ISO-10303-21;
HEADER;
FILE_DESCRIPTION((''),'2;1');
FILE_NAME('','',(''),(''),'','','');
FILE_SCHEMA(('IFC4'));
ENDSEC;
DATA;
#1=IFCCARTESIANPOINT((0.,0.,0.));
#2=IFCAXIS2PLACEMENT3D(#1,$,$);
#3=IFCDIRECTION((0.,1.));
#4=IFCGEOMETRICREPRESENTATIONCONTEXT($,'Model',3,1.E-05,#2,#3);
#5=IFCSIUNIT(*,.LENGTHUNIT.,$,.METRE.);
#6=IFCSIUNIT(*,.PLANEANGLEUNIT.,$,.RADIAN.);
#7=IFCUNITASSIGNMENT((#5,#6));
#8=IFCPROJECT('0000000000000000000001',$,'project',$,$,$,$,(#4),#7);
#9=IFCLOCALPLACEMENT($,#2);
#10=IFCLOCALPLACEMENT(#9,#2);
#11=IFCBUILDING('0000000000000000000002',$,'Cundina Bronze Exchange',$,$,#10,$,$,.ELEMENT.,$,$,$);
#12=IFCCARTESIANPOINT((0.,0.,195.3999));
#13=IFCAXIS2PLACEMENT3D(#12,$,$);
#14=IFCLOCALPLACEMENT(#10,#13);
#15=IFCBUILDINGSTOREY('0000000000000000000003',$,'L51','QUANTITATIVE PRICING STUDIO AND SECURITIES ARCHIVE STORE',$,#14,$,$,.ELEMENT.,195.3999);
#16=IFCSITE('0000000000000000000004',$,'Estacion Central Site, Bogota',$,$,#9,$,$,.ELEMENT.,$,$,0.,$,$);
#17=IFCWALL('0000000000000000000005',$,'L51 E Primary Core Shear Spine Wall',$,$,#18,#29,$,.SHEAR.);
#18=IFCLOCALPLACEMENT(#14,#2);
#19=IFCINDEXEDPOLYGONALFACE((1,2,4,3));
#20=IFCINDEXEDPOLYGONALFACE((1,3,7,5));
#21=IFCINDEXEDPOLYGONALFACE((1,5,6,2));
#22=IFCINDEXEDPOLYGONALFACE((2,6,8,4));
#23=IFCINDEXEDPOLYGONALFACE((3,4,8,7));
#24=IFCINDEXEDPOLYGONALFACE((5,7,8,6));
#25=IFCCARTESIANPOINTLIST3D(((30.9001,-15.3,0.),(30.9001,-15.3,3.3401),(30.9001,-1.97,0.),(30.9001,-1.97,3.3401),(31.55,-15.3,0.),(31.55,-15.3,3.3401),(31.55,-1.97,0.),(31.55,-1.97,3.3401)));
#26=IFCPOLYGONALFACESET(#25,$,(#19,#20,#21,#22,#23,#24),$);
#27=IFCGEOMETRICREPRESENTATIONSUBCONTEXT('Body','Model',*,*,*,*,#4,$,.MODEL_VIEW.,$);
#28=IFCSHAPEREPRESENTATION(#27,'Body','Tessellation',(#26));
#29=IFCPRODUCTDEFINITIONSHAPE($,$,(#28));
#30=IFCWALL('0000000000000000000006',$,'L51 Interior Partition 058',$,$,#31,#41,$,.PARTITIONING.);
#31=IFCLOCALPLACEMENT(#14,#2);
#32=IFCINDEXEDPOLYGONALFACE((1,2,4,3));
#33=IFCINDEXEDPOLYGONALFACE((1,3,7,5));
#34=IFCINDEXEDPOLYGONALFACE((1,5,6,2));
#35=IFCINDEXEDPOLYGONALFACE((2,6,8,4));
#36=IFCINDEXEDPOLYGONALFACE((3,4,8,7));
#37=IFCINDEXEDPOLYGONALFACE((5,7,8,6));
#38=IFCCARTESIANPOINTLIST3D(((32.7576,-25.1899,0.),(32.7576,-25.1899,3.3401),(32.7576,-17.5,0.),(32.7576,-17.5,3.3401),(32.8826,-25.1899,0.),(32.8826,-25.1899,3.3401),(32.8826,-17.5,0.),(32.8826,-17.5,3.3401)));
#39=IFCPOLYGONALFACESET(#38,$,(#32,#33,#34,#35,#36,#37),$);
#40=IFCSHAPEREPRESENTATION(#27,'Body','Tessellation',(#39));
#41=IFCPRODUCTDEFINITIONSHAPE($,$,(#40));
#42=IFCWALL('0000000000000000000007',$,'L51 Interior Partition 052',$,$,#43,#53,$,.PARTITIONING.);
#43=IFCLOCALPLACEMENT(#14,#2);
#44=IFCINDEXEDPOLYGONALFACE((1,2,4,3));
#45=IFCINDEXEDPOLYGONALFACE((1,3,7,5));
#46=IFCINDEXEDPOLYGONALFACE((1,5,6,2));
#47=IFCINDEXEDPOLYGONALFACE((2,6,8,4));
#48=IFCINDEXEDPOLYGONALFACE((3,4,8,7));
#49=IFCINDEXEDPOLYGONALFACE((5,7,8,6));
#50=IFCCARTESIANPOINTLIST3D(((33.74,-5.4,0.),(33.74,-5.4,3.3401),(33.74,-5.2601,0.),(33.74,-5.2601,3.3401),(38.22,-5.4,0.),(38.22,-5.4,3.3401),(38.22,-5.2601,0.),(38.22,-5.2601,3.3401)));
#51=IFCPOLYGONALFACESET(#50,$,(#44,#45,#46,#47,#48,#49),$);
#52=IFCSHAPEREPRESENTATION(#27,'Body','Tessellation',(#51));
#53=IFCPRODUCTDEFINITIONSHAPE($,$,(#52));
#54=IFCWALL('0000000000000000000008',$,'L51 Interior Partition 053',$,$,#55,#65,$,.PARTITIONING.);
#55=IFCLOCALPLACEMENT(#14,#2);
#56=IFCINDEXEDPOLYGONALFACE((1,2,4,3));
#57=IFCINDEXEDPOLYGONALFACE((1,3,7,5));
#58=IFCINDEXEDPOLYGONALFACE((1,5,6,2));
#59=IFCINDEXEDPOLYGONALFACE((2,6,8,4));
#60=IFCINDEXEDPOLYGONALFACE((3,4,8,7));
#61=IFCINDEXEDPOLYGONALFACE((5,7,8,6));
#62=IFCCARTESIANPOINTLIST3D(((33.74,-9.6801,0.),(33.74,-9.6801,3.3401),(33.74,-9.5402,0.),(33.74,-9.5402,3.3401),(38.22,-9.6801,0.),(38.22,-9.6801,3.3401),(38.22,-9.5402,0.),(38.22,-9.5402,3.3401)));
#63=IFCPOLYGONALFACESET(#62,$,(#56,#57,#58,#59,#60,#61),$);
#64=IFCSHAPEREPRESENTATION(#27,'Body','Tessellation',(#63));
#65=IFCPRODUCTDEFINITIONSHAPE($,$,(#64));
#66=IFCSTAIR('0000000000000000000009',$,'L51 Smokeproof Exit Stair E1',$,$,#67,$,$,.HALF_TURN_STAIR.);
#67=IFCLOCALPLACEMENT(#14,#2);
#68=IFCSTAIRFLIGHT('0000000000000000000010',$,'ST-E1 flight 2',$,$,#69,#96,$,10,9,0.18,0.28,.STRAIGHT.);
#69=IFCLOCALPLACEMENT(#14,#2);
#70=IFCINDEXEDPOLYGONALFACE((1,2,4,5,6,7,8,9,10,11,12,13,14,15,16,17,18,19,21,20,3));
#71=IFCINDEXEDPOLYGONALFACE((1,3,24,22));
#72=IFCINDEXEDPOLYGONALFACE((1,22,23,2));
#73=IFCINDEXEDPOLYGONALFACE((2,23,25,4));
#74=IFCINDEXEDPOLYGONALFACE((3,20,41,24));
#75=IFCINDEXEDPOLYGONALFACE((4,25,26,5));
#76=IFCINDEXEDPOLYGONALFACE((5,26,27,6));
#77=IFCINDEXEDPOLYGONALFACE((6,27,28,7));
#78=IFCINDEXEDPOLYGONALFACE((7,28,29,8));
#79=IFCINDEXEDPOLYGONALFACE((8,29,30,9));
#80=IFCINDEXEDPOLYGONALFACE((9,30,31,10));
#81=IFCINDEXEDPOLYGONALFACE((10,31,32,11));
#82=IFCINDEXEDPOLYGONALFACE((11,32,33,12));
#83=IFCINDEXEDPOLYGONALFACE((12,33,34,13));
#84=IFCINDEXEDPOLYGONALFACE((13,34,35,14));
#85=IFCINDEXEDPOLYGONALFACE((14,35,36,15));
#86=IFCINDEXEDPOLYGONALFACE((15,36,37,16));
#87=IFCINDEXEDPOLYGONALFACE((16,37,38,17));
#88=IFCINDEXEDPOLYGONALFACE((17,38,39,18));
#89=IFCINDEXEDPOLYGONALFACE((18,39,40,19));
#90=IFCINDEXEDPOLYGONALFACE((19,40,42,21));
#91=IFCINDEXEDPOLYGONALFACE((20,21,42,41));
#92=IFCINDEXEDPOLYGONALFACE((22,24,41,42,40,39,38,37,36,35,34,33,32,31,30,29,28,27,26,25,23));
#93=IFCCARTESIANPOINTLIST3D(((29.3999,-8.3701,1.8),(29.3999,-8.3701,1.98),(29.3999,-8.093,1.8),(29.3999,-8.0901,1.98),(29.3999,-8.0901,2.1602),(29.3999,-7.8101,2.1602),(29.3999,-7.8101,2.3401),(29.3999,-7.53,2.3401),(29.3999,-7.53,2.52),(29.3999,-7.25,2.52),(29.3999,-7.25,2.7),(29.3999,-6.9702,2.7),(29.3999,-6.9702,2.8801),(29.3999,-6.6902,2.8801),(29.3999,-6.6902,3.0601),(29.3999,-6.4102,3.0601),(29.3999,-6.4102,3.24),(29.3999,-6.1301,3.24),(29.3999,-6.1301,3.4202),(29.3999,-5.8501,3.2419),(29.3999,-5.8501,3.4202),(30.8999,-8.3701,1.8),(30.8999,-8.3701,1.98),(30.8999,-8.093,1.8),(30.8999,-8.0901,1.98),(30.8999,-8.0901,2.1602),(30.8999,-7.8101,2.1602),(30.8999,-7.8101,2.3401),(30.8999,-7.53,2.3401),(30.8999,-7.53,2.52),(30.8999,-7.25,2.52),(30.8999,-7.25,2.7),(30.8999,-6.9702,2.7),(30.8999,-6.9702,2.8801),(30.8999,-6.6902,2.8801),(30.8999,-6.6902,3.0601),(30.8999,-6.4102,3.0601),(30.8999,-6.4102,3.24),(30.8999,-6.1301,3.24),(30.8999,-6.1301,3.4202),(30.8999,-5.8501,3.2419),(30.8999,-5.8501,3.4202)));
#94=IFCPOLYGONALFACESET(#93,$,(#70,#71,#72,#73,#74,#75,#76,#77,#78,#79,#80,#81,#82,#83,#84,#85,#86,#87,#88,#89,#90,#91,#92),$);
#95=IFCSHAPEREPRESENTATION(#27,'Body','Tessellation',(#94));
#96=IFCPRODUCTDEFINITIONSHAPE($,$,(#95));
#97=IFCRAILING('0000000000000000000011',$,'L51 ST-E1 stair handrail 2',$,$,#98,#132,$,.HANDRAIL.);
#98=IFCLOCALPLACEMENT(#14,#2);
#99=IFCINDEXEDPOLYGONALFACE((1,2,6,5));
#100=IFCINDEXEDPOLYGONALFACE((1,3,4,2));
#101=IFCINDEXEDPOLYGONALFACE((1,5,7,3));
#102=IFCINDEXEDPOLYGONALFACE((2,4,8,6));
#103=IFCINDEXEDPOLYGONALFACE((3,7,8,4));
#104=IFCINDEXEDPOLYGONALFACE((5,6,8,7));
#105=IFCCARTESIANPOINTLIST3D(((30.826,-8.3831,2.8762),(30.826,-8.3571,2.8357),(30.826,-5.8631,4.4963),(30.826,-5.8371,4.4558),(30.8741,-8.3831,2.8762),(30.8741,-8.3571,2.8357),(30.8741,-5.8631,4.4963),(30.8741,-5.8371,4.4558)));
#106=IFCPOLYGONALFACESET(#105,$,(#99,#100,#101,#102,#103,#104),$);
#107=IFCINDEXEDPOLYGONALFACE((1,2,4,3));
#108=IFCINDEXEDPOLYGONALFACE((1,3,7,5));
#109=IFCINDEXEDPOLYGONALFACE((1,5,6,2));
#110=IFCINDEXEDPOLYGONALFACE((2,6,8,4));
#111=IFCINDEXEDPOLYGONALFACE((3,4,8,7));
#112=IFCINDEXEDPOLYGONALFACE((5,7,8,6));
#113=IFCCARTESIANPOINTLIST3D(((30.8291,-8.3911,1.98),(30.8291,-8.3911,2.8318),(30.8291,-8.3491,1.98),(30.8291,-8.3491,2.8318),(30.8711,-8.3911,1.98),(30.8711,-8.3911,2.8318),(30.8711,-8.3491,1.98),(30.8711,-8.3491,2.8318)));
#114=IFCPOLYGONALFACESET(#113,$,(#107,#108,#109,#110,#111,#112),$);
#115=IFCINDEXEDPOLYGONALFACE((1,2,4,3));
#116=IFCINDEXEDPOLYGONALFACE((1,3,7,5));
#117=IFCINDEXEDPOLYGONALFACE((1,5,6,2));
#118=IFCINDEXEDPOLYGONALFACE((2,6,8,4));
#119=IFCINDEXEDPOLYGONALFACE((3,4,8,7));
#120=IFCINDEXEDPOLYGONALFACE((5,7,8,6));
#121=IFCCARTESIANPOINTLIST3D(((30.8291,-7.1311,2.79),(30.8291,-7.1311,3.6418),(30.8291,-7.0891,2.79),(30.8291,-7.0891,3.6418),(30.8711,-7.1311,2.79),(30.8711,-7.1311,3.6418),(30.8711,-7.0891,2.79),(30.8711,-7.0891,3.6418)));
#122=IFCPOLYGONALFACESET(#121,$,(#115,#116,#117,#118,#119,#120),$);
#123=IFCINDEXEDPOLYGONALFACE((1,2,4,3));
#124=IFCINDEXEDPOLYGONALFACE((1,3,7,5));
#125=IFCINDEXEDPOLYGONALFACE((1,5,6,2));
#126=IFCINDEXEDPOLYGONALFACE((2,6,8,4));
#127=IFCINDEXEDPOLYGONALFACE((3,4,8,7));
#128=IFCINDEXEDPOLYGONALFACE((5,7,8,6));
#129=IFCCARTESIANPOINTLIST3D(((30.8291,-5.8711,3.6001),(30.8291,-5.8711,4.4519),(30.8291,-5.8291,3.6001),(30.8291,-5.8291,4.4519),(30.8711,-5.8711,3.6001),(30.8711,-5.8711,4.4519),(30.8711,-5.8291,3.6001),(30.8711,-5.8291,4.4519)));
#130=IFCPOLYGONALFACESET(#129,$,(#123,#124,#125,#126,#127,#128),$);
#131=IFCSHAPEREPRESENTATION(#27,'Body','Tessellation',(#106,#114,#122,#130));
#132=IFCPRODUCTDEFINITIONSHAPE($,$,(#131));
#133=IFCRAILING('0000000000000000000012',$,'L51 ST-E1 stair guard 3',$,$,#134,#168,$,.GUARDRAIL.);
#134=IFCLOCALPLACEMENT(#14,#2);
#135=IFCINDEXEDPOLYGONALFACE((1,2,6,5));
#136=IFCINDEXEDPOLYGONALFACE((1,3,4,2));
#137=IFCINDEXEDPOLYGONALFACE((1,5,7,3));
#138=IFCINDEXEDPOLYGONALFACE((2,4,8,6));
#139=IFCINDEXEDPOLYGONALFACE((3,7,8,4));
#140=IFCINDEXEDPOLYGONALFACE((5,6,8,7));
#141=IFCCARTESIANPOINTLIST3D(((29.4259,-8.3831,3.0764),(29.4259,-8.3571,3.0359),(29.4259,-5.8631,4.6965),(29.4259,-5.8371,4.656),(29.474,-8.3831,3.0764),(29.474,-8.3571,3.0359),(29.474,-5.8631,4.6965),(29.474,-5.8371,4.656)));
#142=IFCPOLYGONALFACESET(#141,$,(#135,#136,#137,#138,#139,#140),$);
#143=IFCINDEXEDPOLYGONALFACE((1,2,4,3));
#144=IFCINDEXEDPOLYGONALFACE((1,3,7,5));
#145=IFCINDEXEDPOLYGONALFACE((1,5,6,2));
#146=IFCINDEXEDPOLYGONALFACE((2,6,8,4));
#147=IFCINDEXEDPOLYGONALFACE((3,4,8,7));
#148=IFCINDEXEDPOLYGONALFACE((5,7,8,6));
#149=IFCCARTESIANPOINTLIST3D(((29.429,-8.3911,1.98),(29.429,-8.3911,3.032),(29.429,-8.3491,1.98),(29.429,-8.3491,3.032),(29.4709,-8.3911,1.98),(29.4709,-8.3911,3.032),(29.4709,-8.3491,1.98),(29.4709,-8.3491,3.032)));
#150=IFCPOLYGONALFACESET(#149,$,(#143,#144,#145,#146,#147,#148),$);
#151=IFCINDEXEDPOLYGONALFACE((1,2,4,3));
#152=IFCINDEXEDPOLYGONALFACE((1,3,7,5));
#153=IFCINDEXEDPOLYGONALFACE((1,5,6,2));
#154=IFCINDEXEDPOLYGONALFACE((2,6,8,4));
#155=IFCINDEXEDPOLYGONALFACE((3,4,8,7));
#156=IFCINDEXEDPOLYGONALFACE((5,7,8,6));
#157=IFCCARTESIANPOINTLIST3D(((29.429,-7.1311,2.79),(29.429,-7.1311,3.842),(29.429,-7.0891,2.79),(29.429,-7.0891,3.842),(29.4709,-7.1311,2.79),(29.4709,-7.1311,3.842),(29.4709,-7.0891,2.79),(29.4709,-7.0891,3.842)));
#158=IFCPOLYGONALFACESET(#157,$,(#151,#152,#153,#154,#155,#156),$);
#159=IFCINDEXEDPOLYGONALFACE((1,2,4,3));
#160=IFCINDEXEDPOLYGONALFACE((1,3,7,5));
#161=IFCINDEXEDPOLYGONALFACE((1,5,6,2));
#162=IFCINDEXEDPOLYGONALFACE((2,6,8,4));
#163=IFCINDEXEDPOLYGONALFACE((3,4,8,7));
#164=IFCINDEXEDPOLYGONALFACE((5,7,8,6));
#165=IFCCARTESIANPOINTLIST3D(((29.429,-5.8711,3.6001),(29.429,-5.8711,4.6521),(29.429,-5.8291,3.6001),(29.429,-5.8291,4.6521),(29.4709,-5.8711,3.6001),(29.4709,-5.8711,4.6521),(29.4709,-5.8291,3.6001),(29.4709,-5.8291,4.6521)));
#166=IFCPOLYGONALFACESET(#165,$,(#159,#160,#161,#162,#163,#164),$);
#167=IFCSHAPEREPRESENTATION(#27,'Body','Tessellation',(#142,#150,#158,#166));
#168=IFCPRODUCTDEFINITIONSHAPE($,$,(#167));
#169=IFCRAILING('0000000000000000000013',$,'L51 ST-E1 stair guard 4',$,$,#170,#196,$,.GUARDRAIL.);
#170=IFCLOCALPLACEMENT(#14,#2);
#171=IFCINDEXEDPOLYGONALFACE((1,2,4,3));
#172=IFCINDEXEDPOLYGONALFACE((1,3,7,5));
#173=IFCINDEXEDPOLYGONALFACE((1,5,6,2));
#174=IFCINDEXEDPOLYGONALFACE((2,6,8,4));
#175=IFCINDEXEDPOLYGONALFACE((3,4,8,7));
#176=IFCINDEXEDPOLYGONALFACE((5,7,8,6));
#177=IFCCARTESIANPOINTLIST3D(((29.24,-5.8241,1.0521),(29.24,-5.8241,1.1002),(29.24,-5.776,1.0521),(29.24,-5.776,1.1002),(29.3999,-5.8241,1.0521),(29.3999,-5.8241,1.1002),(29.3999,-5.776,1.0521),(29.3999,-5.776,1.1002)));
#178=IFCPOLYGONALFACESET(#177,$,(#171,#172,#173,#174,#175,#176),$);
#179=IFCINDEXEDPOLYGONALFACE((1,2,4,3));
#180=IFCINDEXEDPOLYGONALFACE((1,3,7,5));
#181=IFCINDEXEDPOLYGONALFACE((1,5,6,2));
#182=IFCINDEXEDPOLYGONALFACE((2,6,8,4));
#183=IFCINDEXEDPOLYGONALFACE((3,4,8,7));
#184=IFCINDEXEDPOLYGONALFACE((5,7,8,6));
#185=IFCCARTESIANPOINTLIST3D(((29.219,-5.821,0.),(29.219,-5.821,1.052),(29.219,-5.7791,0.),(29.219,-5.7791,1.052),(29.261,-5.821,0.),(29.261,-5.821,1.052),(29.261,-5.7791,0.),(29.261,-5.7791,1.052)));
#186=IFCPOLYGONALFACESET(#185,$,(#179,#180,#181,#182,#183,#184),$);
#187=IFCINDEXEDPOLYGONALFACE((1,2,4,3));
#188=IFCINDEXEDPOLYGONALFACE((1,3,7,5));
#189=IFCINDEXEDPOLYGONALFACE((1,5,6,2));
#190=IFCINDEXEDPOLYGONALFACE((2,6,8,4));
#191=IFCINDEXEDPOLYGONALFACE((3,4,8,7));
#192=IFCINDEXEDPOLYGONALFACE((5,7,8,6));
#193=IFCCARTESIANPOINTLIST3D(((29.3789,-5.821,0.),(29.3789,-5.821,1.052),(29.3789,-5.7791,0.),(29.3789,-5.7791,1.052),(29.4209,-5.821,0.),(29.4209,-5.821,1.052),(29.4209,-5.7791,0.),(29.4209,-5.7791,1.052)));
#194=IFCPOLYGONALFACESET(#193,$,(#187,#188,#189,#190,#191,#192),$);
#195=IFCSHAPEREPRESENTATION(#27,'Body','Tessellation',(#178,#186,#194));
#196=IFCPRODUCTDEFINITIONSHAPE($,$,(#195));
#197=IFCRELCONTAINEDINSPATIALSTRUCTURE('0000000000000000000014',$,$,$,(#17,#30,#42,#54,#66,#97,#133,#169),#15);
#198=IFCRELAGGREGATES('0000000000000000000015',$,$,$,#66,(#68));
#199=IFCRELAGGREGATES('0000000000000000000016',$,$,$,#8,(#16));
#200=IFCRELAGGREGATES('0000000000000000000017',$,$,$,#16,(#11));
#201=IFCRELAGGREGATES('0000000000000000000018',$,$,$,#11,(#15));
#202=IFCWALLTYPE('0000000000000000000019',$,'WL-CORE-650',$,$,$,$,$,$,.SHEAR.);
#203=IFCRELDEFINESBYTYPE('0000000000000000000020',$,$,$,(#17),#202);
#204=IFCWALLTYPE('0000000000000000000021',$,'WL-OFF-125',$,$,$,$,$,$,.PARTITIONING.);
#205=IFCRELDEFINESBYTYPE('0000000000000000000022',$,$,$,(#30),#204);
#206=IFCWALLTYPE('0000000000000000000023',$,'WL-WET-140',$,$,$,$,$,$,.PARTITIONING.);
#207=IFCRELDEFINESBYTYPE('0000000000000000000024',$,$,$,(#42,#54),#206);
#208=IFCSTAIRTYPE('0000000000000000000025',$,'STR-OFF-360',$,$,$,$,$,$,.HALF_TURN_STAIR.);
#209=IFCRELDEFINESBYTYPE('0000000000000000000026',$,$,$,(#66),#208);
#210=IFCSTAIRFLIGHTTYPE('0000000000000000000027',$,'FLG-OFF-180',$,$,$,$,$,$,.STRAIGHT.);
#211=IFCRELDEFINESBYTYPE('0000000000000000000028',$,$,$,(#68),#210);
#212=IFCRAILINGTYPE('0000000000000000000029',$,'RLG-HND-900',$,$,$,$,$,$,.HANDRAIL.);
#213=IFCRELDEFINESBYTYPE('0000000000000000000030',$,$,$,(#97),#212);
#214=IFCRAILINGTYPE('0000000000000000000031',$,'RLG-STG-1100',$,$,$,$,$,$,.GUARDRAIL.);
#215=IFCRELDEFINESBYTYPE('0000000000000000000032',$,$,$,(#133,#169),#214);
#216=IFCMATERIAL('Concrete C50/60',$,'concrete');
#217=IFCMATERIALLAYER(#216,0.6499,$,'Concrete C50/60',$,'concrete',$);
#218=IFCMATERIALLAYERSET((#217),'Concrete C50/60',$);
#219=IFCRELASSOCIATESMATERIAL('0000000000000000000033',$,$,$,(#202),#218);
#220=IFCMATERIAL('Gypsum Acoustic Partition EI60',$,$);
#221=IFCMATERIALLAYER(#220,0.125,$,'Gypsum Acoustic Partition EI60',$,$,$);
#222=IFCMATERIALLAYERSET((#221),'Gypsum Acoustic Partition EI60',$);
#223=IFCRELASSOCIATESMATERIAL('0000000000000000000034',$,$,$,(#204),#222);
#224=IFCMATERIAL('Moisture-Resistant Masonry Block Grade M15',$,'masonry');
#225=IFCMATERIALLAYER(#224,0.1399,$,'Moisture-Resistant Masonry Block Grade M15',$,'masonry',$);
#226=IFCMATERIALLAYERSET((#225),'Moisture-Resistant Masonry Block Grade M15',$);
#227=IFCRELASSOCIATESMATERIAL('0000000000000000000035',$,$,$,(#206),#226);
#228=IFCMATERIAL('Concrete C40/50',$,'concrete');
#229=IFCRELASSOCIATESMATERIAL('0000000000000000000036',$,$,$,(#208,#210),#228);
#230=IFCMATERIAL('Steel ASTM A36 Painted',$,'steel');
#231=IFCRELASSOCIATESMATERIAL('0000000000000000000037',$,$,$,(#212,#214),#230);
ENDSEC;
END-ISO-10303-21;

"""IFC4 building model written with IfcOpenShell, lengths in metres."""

from ifc_helpers import new_model, si_unit, direction, frame, frame_2d, origin, origin_2d, place, context, subcontext, project, spatial, polyline, rectangle, outline, extrude, material, layer, layer_set, type_object, element, aggregate, save


model = new_model("IFC4")

# Units and contexts
model_context = context("Model", 3, precision=1e-05, world=origin(), true_north=direction((0.0, 1.0)))
body_context = subcontext(model_context, "Body", "Model", "MODEL_VIEW")
ifc_project = project(units=[si_unit("LENGTHUNIT", "METRE"), si_unit("PLANEANGLEUNIT", "RADIAN")], contexts=[model_context])

# Site, building, storey
site_placement = place(None, origin())
site = spatial("IfcSite", under=ifc_project, at=site_placement, Name="Estacion Central Site, Bogota", CompositionType="ELEMENT", RefElevation=0.0)
building_placement = place(site_placement, origin())
building = spatial("IfcBuilding", under=site, at=building_placement, Name="Cundina Bronze Exchange", CompositionType="ELEMENT")
storey_placement = place(building_placement, frame((0.0, 0.0, 195.3999)))
storey = spatial("IfcBuildingStorey", under=building, at=storey_placement, Name="L51", Description="QUANTITATIVE PRICING STUDIO AND SECURITIES ARCHIVE STORE", CompositionType="ELEMENT", Elevation=195.3999)

# Shared definitions
ifc_material_1 = material(Name="Concrete C50/60", Category="concrete")

# Walls
ifc_layer_1 = layer(ifc_material_1, 0.6499, Name="Concrete C50/60", Category="concrete")
ifc_layer_set_1 = layer_set([ifc_layer_1], Name="Concrete C50/60")
wall_type_1 = type_object("IfcWallType", Name="WL-CORE-650", PredefinedType="SHEAR", material=ifc_layer_set_1)
wall_1_placement = place(storey_placement, frame((31.2251, -15.3, 0.0), z_axis=(0.0, 0.0, 1.0), x_axis=(0.0, 1.0, 0.0)))
element("IfcWall", 1, at=wall_1_placement, inside=storey, type_object=wall_type_1, Name="L51 E Primary Core Shear Spine Wall", PredefinedType="SHEAR", context=body_context, shape_type="SweptSolid", body=[
    extrude(rectangle(XDim=13.3301, YDim=0.6499, at=frame_2d((6.665, 0.0))), origin(), (0.0, 0.0, 1.0), 3.3401),
])
ifc_material_2 = material(Name="Gypsum Acoustic Partition EI60")
ifc_layer_2 = layer(ifc_material_2, 0.125, Name="Gypsum Acoustic Partition EI60")
ifc_layer_set_2 = layer_set([ifc_layer_2], Name="Gypsum Acoustic Partition EI60")
wall_type_2 = type_object("IfcWallType", Name="WL-OFF-125", PredefinedType="PARTITIONING", material=ifc_layer_set_2)
wall_2_placement = place(storey_placement, frame((32.8201, -25.1899, 0.0), z_axis=(0.0, 0.0, 1.0), x_axis=(0.0, 1.0, 0.0)))
element("IfcWall", 2, at=wall_2_placement, inside=storey, type_object=wall_type_2, Name="L51 Interior Partition 058", PredefinedType="PARTITIONING", context=body_context, shape_type="SweptSolid", body=[
    extrude(rectangle(XDim=7.6899, YDim=0.125, at=frame_2d((3.845, 0.0))), origin(), (0.0, 0.0, 1.0), 3.3401),
])
ifc_material_3 = material(Name="Moisture-Resistant Masonry Block Grade M15", Category="masonry")
ifc_layer_3 = layer(ifc_material_3, 0.1399, Name="Moisture-Resistant Masonry Block Grade M15", Category="masonry")
ifc_layer_set_3 = layer_set([ifc_layer_3], Name="Moisture-Resistant Masonry Block Grade M15")
wall_type_3 = type_object("IfcWallType", Name="WL-WET-140", PredefinedType="PARTITIONING", material=ifc_layer_set_3)
for number, where, z_axis, x_axis, name in (
    (3, (33.74, -5.3301, 0.0), (0.0, 0.0, 1.0), (1.0, 0.0, 0.0), "L51 Interior Partition 052"),
    (4, (33.74, -9.6101, 0.0), (0.0, 0.0, 1.0), (1.0, 0.0, 0.0), "L51 Interior Partition 053"),
):
    element("IfcWall", number, at=place(storey_placement, frame(where, z_axis=z_axis, x_axis=x_axis)), inside=storey, type_object=wall_type_3, Name=name, PredefinedType="PARTITIONING", context=body_context, shape_type="SweptSolid", body=[
        extrude(rectangle(XDim=4.48, YDim=0.1399, at=frame_2d((2.24, 0.0))), origin(), (0.0, 0.0, 1.0), 3.3401),
    ])

# Stair, stair flight
ifc_material_4 = material(Name="Concrete C40/50", Category="concrete")
stair_type = type_object("IfcStairType", Name="STR-OFF-360", PredefinedType="HALF_TURN_STAIR", material=ifc_material_4)
stair_placement = place(storey_placement, origin())
stair = element("IfcStair", 5, at=stair_placement, inside=storey, type_object=stair_type, Name="L51 Smokeproof Exit Stair E1", PredefinedType="HALF_TURN_STAIR")
stair_flight_type = type_object("IfcStairFlightType", Name="FLG-OFF-180", PredefinedType="STRAIGHT", material=ifc_material_4)
stair_flight_placement = place(storey_placement, frame((30.1499, -8.3701, 1.8), z_axis=(0.0, 0.0, 1.0), x_axis=(0.0, 1.0, 0.0)))
stair_flight = element("IfcStairFlight", 6, at=stair_flight_placement, type_object=stair_flight_type, Name="ST-E1 flight 2", NumberOfRisers=10, NumberOfTreads=9, PredefinedType="STRAIGHT", RiserHeight=0.18, TreadLength=0.28, context=body_context, shape_type="SweptSolid", body=[
    extrude(outline(polyline([(0.0, 0.0), (0.0, 0.1799), (0.28, 0.1799), (0.28, 0.3601), (0.5601, 0.3601), (0.5601, 0.54), (0.8401, 0.54), (0.8401, 0.72), (1.1201, 0.72), (1.1201, 0.8999), (1.3999, 0.8999), (1.3999, 1.0801), (1.6799, 1.0801), (1.6799, 1.26), (1.96, 1.26), (1.96, 1.4399), (2.24, 1.4399), (2.24, 1.6201), (2.52, 1.6201), (2.52, 1.8), (2.52, 1.4419), (0.2771, 0.0), (0.0, 0.0)])), frame((0.0, 0.75, 0.0), z_axis=(0.0, -1.0, 0.0), x_axis=(1.0, 0.0, 0.0)), (0.0, 0.0, 1.0), 1.5),
])
aggregate(stair, [stair_flight])

# Railings
ifc_material_5 = material(Name="Steel ASTM A36 Painted", Category="steel")
railing_type_1 = type_object("IfcRailingType", Name="RLG-HND-900", PredefinedType="HANDRAIL", material=ifc_material_5)
railing_1_placement = place(storey_placement, frame((30.8501, -8.3701, 1.98)))
element("IfcRailing", 7, at=railing_1_placement, inside=storey, type_object=railing_type_1, Name="L51 ST-E1 stair handrail 2", PredefinedType="HANDRAIL", context=body_context, shape_type="SweptSolid", body=[
    extrude(rectangle(XDim=0.0481, YDim=0.0481, at=origin_2d()), frame((0.0, 0.0, 0.876), z_axis=(0.0, 0.841163, 0.540782), x_axis=(-1.0, 0.0, 0.0)), (0.0, 0.0, 1.0), 2.9958),
    extrude(rectangle(XDim=0.042, YDim=0.042, at=origin_2d()), origin(), (0.0, 0.0, 1.0), 0.8518),
    extrude(rectangle(XDim=0.042, YDim=0.042, at=origin_2d()), frame((0.0, 1.26, 0.8101)), (0.0, 0.0, 1.0), 0.8518),
    extrude(rectangle(XDim=0.042, YDim=0.042, at=origin_2d()), frame((0.0, 2.52, 1.6201)), (0.0, 0.0, 1.0), 0.8518),
])
railing_type_2 = type_object("IfcRailingType", Name="RLG-STG-1100", PredefinedType="GUARDRAIL", material=ifc_material_5)
railing_2_placement = place(storey_placement, frame((29.45, -8.3701, 1.98)))
element("IfcRailing", 8, at=railing_2_placement, inside=storey, type_object=railing_type_2, Name="L51 ST-E1 stair guard 3", PredefinedType="GUARDRAIL", context=body_context, shape_type="SweptSolid", body=[
    extrude(rectangle(XDim=0.0481, YDim=0.0481, at=origin_2d()), frame((0.0, 0.0, 1.0762), z_axis=(0.0, 0.841163, 0.540782), x_axis=(-1.0, 0.0, 0.0)), (0.0, 0.0, 1.0), 2.9958),
    extrude(rectangle(XDim=0.042, YDim=0.042, at=origin_2d()), origin(), (0.0, 0.0, 1.0), 1.052),
    extrude(rectangle(XDim=0.042, YDim=0.042, at=origin_2d()), frame((0.0, 1.26, 0.8101)), (0.0, 0.0, 1.0), 1.052),
    extrude(rectangle(XDim=0.042, YDim=0.042, at=origin_2d()), frame((0.0, 2.52, 1.6201)), (0.0, 0.0, 1.0), 1.052),
])
railing_3_placement = place(storey_placement, frame((29.24, -5.8, 0.0)))
element("IfcRailing", 9, at=railing_3_placement, inside=storey, type_object=railing_type_2, Name="L51 ST-E1 stair guard 4", PredefinedType="GUARDRAIL", context=body_context, shape_type="SweptSolid", body=[
    extrude(rectangle(XDim=0.0481, YDim=0.0481, at=origin_2d()), frame((0.0, 0.0, 1.0762), z_axis=(1.0, 0.0, 0.0), x_axis=(0.0, 1.0, 0.0)), (0.0, 0.0, 1.0), 0.1599),
    extrude(rectangle(XDim=0.042, YDim=0.042, at=origin_2d()), origin(), (0.0, 0.0, 1.0), 1.052),
    extrude(rectangle(XDim=0.042, YDim=0.042, at=origin_2d()), frame((0.1599, 0.0, 0.0)), (0.0, 0.0, 1.0), 1.052),
])

save(model, "model.ifc")
